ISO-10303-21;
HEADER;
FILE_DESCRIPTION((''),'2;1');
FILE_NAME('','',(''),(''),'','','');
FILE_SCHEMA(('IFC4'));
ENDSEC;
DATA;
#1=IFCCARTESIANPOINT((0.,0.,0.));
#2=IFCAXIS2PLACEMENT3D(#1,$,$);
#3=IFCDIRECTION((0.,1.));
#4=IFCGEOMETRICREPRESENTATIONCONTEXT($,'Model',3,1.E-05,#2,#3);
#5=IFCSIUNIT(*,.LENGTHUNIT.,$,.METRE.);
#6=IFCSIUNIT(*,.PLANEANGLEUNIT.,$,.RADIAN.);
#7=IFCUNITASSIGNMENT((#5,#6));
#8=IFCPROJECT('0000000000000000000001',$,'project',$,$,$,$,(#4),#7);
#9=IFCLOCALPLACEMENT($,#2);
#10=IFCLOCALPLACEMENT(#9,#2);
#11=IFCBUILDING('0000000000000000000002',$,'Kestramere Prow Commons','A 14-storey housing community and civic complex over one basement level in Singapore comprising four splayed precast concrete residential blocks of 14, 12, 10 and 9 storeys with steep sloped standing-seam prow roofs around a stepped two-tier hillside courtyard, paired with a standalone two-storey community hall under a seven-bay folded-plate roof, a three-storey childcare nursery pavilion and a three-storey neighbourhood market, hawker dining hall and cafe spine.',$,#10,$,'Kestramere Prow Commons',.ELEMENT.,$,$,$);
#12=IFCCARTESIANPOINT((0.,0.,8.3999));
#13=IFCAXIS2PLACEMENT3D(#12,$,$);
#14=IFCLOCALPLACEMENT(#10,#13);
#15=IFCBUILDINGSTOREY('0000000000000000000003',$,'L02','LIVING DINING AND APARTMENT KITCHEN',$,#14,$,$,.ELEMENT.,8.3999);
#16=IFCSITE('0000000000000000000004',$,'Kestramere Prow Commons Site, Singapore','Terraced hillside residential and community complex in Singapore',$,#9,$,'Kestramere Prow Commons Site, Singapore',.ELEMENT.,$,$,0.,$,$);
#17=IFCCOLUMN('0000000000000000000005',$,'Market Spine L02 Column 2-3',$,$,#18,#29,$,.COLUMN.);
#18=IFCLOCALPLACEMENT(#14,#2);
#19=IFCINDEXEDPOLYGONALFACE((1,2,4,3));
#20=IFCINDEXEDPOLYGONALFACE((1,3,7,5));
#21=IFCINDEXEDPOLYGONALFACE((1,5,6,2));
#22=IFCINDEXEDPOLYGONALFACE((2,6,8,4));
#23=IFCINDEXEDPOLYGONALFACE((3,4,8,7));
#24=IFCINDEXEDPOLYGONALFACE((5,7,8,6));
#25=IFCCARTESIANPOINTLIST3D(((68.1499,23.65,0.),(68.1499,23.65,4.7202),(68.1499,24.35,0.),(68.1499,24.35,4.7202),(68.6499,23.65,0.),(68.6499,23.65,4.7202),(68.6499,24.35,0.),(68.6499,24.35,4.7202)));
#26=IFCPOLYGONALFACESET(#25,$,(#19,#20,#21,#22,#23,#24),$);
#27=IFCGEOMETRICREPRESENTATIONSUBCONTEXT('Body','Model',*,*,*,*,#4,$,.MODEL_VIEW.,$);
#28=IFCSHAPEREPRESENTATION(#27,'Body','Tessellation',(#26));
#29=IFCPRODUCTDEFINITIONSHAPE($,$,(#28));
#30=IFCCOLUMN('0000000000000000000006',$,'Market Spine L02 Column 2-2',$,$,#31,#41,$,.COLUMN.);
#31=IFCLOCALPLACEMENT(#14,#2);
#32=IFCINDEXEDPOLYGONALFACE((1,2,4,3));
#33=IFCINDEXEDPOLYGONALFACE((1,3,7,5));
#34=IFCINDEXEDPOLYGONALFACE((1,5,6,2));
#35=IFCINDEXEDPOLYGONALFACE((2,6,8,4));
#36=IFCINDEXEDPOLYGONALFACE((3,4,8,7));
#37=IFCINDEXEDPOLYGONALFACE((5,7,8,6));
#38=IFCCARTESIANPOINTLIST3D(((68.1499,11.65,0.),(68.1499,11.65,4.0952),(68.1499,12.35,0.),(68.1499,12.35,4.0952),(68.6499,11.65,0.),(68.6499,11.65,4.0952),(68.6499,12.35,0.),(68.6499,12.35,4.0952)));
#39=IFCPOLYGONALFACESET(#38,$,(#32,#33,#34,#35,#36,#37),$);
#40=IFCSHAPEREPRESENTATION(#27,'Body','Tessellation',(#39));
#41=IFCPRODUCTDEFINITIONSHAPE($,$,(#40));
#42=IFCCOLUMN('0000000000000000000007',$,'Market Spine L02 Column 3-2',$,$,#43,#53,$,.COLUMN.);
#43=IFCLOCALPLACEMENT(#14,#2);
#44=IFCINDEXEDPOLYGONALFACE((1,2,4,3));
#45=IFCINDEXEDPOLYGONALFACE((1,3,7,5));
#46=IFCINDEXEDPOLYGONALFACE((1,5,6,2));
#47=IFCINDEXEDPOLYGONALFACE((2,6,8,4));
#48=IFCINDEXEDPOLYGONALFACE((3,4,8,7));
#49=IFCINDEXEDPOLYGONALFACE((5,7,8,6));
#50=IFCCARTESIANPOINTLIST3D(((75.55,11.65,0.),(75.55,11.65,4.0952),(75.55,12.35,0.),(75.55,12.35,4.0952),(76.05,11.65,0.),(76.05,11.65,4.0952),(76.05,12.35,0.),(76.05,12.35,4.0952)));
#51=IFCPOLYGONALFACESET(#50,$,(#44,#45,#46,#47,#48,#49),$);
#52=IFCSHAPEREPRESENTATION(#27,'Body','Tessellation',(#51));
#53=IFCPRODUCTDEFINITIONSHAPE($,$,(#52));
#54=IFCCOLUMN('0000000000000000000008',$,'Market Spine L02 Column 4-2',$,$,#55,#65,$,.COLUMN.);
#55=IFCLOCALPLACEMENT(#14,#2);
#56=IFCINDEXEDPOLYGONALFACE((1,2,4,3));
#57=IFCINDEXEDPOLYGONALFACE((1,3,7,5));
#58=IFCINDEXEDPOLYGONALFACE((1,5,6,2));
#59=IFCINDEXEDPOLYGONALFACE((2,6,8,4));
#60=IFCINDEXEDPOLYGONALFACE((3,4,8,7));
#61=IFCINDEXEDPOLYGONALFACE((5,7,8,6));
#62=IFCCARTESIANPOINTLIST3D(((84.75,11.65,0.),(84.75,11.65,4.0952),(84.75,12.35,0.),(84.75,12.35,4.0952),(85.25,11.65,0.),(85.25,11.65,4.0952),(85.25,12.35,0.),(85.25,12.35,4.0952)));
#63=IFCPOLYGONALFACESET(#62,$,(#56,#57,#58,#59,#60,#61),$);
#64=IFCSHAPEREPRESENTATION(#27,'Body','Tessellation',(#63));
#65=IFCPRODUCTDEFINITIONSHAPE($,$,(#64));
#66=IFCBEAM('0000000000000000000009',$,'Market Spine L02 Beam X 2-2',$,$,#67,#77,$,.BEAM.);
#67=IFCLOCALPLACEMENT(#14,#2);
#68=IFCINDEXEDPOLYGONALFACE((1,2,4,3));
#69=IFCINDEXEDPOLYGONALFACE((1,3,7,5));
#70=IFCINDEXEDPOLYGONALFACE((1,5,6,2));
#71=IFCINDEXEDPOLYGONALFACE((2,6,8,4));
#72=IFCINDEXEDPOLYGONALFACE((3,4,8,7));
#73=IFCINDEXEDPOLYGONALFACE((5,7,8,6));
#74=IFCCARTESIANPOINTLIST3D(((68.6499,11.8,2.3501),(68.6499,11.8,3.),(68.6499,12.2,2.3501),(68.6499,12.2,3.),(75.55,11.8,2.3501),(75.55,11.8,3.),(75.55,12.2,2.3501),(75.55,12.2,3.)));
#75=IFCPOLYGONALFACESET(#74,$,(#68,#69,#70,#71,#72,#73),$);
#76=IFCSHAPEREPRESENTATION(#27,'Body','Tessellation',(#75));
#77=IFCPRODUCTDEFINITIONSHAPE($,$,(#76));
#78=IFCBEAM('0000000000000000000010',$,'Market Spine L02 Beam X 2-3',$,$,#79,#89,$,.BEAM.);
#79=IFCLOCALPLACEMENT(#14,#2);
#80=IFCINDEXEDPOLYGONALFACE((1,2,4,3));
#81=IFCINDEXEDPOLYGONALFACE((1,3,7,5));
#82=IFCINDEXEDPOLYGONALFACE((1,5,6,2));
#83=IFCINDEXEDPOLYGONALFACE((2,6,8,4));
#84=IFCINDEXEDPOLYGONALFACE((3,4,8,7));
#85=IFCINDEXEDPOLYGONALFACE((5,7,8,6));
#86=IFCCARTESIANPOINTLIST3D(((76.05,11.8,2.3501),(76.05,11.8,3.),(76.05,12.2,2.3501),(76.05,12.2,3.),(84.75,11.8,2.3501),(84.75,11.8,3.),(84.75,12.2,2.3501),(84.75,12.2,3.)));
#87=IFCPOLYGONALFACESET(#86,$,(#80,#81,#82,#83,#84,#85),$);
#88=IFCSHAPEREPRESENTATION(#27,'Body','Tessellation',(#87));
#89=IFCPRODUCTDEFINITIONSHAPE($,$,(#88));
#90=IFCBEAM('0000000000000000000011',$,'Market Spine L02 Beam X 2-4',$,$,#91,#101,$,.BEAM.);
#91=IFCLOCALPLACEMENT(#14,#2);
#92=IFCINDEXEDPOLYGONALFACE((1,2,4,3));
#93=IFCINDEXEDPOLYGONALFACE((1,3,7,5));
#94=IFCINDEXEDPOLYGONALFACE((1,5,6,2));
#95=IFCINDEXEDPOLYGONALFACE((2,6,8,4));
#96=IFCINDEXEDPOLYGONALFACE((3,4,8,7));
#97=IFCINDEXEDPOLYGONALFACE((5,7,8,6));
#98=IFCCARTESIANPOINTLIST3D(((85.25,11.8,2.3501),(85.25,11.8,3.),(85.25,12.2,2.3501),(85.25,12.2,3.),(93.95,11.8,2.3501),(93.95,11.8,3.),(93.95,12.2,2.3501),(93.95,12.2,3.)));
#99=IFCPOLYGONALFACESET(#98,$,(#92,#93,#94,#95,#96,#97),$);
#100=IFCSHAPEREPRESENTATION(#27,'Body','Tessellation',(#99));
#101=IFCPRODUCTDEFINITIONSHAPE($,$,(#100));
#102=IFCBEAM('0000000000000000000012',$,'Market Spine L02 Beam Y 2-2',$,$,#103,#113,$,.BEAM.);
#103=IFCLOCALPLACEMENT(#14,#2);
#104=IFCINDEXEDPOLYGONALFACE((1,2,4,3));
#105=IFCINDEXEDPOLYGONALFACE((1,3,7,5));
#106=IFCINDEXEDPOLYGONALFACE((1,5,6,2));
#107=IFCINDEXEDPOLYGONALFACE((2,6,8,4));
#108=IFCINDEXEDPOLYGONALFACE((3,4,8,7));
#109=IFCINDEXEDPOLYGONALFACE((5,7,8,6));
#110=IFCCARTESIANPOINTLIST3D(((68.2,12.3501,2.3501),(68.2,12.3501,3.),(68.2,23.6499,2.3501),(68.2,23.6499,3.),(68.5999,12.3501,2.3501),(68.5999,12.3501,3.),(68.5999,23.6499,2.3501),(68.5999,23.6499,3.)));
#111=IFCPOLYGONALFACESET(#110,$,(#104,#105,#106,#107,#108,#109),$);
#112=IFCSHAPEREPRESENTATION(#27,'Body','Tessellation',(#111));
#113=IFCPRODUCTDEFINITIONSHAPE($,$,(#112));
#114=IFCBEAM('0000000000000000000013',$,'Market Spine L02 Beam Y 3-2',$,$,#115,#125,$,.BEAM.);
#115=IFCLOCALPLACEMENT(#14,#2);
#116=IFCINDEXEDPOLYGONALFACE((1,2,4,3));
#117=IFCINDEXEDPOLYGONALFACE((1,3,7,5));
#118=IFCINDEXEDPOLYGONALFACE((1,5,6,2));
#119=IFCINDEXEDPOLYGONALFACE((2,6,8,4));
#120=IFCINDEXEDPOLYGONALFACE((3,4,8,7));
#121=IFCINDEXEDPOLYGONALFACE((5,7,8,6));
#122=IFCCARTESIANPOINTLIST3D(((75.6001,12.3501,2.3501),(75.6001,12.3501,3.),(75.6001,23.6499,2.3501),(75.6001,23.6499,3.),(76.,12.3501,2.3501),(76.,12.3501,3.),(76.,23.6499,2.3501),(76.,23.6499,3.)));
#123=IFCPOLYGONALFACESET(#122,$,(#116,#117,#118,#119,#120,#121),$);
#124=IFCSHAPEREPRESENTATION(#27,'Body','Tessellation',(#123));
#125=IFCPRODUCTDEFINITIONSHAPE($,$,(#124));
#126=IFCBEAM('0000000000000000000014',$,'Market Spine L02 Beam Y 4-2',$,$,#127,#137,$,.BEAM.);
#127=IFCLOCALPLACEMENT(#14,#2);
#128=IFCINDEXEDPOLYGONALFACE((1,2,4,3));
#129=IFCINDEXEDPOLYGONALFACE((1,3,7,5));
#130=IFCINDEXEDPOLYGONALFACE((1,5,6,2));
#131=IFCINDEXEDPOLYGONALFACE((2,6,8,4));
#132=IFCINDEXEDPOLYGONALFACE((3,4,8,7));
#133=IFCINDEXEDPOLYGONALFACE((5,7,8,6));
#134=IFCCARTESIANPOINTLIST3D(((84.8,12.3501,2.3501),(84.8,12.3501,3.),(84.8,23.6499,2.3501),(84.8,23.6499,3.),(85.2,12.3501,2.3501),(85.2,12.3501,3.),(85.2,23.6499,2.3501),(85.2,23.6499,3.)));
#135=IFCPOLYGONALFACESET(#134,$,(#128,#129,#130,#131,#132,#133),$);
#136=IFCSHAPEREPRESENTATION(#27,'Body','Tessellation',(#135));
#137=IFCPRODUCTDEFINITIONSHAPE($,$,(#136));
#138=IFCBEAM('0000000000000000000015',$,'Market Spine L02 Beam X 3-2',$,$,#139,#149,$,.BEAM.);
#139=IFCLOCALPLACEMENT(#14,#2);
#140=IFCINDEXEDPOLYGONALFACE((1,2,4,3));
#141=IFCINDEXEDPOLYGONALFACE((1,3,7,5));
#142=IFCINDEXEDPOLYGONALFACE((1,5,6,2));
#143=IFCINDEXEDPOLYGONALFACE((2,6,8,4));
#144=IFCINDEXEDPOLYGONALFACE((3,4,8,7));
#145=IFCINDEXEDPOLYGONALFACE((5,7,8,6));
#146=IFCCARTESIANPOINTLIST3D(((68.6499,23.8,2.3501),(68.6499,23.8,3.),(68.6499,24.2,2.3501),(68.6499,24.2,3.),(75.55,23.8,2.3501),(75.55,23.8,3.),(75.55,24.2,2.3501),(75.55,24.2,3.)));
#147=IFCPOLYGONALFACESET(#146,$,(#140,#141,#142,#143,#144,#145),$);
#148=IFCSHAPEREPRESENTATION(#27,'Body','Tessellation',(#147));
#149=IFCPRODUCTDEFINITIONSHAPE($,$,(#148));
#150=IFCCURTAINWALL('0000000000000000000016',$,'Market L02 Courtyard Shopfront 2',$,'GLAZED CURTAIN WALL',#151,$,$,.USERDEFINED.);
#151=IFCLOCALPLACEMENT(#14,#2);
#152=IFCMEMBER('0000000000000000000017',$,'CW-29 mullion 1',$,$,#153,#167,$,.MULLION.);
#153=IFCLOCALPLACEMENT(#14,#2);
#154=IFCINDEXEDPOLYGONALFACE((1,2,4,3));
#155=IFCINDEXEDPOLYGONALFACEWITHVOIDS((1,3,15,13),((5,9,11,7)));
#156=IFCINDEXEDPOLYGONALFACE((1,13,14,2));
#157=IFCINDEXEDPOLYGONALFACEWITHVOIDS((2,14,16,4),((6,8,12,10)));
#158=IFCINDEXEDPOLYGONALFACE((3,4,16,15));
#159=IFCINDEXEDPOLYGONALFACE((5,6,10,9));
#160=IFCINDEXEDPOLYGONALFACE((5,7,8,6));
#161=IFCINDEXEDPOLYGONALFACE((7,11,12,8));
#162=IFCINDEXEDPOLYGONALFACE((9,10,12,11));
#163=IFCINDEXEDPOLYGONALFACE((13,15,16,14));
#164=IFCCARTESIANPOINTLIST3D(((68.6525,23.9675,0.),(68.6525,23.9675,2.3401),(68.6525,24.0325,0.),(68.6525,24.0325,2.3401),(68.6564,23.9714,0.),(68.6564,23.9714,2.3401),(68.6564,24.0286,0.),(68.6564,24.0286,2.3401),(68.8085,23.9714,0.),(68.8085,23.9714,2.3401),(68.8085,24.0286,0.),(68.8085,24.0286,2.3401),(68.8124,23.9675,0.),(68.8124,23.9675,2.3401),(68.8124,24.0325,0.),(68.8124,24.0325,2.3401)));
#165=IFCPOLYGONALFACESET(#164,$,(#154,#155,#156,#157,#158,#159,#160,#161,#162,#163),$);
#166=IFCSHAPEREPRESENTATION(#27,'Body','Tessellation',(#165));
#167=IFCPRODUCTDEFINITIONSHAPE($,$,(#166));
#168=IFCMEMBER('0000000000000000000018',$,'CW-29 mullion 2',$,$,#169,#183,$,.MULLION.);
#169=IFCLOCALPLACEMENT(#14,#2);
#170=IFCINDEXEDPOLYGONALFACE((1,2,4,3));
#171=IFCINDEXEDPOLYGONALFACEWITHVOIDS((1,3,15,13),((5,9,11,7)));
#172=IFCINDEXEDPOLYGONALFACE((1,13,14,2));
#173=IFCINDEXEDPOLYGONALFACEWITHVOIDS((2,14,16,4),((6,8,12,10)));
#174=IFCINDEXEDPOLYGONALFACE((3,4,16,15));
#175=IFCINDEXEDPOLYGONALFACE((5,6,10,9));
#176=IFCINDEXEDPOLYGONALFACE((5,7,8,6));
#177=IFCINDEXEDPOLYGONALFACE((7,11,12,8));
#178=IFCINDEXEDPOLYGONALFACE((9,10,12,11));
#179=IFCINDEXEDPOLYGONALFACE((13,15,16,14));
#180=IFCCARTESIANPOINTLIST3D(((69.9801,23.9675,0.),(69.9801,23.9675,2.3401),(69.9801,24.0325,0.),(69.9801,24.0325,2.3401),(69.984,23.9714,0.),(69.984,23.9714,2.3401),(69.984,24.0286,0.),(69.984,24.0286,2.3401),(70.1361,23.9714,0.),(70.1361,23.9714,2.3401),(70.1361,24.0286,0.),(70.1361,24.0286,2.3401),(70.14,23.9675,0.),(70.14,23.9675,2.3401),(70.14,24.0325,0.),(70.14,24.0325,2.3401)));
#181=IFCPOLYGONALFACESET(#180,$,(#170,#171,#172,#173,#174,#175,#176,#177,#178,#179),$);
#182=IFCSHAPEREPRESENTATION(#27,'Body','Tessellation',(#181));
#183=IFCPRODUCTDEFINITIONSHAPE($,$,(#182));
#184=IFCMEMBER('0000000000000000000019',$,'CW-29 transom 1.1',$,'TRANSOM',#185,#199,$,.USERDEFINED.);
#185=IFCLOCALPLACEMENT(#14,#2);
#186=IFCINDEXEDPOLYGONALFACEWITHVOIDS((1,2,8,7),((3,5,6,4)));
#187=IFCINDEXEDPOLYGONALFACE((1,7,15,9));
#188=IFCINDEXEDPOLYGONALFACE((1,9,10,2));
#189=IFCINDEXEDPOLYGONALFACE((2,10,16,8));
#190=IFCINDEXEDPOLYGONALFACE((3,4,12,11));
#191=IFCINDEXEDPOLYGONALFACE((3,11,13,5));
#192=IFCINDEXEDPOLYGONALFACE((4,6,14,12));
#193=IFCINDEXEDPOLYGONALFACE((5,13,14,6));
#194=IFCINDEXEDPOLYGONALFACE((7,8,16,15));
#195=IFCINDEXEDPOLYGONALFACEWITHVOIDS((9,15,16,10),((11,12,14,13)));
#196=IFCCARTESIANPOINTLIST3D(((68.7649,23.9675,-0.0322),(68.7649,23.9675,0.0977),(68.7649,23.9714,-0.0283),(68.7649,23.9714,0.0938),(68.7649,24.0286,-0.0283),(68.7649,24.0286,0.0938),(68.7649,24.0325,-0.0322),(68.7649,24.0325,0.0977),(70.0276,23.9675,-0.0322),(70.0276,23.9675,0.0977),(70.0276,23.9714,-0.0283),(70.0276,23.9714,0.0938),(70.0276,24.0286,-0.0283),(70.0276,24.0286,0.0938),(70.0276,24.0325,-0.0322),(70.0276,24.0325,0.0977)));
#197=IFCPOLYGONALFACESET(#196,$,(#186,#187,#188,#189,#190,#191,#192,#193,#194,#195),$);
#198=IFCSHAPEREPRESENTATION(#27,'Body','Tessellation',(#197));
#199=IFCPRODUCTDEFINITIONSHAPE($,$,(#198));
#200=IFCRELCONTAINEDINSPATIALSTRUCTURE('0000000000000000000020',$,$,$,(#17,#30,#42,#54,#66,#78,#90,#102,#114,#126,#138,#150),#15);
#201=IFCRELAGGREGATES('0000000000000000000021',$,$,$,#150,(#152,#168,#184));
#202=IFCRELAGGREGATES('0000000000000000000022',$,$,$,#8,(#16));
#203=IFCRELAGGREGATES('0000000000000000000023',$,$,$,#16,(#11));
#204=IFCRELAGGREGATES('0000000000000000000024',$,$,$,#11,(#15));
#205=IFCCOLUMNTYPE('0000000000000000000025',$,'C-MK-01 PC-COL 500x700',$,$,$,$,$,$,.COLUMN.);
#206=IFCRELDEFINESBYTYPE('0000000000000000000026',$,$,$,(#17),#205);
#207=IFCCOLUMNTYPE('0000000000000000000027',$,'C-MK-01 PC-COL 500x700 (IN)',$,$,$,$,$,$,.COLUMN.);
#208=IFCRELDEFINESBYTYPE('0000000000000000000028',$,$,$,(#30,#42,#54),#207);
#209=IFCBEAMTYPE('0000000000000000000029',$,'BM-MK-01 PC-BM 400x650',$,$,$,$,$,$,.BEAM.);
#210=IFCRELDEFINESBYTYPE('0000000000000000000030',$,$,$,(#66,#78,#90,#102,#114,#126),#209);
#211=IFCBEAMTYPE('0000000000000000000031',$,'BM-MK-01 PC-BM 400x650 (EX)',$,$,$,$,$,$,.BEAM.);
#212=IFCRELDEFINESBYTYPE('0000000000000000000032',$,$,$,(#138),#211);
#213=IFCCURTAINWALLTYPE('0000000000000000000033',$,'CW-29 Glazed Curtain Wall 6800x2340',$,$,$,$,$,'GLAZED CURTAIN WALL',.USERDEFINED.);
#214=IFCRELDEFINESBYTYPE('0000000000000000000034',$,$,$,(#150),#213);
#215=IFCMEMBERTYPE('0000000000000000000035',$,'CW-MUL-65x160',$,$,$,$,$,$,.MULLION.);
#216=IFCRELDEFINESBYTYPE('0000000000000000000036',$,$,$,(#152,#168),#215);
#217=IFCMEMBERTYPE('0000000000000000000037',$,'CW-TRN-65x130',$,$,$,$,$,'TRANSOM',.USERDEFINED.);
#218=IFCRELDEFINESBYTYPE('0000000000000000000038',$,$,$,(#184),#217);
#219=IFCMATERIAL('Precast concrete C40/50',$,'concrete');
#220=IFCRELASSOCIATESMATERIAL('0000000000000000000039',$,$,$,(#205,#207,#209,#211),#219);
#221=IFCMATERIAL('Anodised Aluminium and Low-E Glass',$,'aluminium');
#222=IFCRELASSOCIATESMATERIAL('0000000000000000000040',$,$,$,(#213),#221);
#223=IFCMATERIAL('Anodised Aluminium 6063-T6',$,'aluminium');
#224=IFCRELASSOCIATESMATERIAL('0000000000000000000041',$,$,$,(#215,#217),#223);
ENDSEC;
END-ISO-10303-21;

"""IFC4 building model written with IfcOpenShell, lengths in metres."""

from ifc_helpers import new_model, si_unit, direction, frame, origin, origin_2d, place, context, subcontext, project, spatial, rectangle, hollow_rectangle, extrude, material, material_profile, profile_set, type_object, element, aggregate, save


model = new_model("IFC4")

# Units and contexts
model_context = context("Model", 3, precision=1e-05, world=origin(), true_north=direction((0.0, 1.0)))
body_context = subcontext(model_context, "Body", "Model", "MODEL_VIEW")
ifc_project = project(units=[si_unit("LENGTHUNIT", "METRE"), si_unit("PLANEANGLEUNIT", "RADIAN")], contexts=[model_context])

# Site, building, storey
site_placement = place(None, origin())
site = spatial("IfcSite", under=ifc_project, at=site_placement, Name="Kestramere Prow Commons Site, Singapore", Description="Terraced hillside residential and community complex in Singapore", LongName="Kestramere Prow Commons Site, Singapore", CompositionType="ELEMENT", RefElevation=0.0)
building_placement = place(site_placement, origin())
building = spatial("IfcBuilding", under=site, at=building_placement, Name="Kestramere Prow Commons", Description="A 14-storey housing community and civic complex over one basement level in Singapore comprising four splayed precast concrete residential blocks of 14, 12, 10 and 9 storeys with steep sloped standing-seam prow roofs around a stepped two-tier hillside courtyard, paired with a standalone two-storey community hall under a seven-bay folded-plate roof, a three-storey childcare nursery pavilion and a three-storey neighbourhood market, hawker dining hall and cafe spine.", LongName="Kestramere Prow Commons", CompositionType="ELEMENT")
storey_placement = place(building_placement, frame((0.0, 0.0, 8.3999)))
storey = spatial("IfcBuildingStorey", under=building, at=storey_placement, Name="L02", Description="LIVING DINING AND APARTMENT KITCHEN", CompositionType="ELEMENT", Elevation=8.3999)

# Columns
ifc_material_1 = material(Name="Precast concrete C40/50", Category="concrete")
ifc_material_profile_1 = material_profile(ifc_material_1, rectangle(XDim=0.5, YDim=0.7, at=origin_2d()), Name="PC-COL 500x700")
ifc_profile_set_1 = profile_set([ifc_material_profile_1], Name="Precast concrete C40/50")
column_type_1 = type_object("IfcColumnType", Name="C-MK-01 PC-COL 500x700", PredefinedType="COLUMN", material=ifc_profile_set_1)
column_placement = place(storey_placement, frame((68.3999, 24.0, 0.0), z_axis=(0.0, 0.0, 1.0), x_axis=(1.0, 0.0, 0.0)))
element("IfcColumn", 1, at=column_placement, inside=storey, type_object=column_type_1, Name="Market Spine L02 Column 2-3", PredefinedType="COLUMN", context=body_context, shape_type="SweptSolid", body=[
    extrude(rectangle(XDim=0.5, YDim=0.7, at=origin_2d()), origin(), (0.0, 0.0, 1.0), 4.7202),
])
ifc_material_profile_2 = material_profile(ifc_material_1, rectangle(XDim=0.5, YDim=0.7, at=origin_2d()), Name="PC-COL 500x700")
ifc_profile_set_2 = profile_set([ifc_material_profile_2], Name="Precast concrete C40/50")
column_type_2 = type_object("IfcColumnType", Name="C-MK-01 PC-COL 500x700 (IN)", PredefinedType="COLUMN", material=ifc_profile_set_2)
for number, where, z_axis, x_axis, name in (
    (2, (68.3999, 12.0, 0.0), (0.0, 0.0, 1.0), (1.0, 0.0, 0.0), "Market Spine L02 Column 2-2"),
    (3, (75.8, 12.0, 0.0), (0.0, 0.0, 1.0), (1.0, 0.0, 0.0), "Market Spine L02 Column 3-2"),
    (4, (85.0, 12.0, 0.0), (0.0, 0.0, 1.0), (1.0, 0.0, 0.0), "Market Spine L02 Column 4-2"),
):
    element("IfcColumn", number, at=place(storey_placement, frame(where, z_axis=z_axis, x_axis=x_axis)), inside=storey, type_object=column_type_2, Name=name, PredefinedType="COLUMN", context=body_context, shape_type="SweptSolid", body=[
        extrude(rectangle(XDim=0.5, YDim=0.7, at=origin_2d()), origin(), (0.0, 0.0, 1.0), 4.0952),
    ])

# Beams
ifc_material_profile_3 = material_profile(ifc_material_1, rectangle(XDim=0.3999, YDim=0.6499, at=origin_2d()), Name="PC-BM 400x650")
ifc_profile_set_3 = profile_set([ifc_material_profile_3], Name="Precast concrete C40/50")
beam_type_1 = type_object("IfcBeamType", Name="BM-MK-01 PC-BM 400x650", PredefinedType="BEAM", material=ifc_profile_set_3)
beam_1_placement = place(storey_placement, frame((68.6499, 12.0, 2.675), z_axis=(1.0, 0.0, 0.0), x_axis=(0.0, 1.0, 0.0)))
element("IfcBeam", 5, at=beam_1_placement, inside=storey, type_object=beam_type_1, Name="Market Spine L02 Beam X 2-2", PredefinedType="BEAM", context=body_context, shape_type="SweptSolid", body=[
    extrude(rectangle(XDim=0.3999, YDim=0.6499, at=origin_2d()), origin(), (0.0, 0.0, 1.0), 6.9001),
])
for number, where, z_axis, x_axis, name in (
    (6, (76.05, 12.0, 2.675), (1.0, 0.0, 0.0), (0.0, 1.0, 0.0), "Market Spine L02 Beam X 2-3"),
    (7, (85.25, 12.0, 2.675), (1.0, 0.0, 0.0), (0.0, 1.0, 0.0), "Market Spine L02 Beam X 2-4"),
):
    element("IfcBeam", number, at=place(storey_placement, frame(where, z_axis=z_axis, x_axis=x_axis)), inside=storey, type_object=beam_type_1, Name=name, PredefinedType="BEAM", context=body_context, shape_type="SweptSolid", body=[
        extrude(rectangle(XDim=0.3999, YDim=0.6499, at=origin_2d()), origin(), (0.0, 0.0, 1.0), 8.7),
    ])
for number, where, z_axis, x_axis, name in (
    (8, (68.3999, 12.3501, 2.675), (0.0, 1.0, 0.0), (-1.0, 0.0, 0.0), "Market Spine L02 Beam Y 2-2"),
    (9, (75.8, 12.3501, 2.675), (0.0, 1.0, 0.0), (-1.0, 0.0, 0.0), "Market Spine L02 Beam Y 3-2"),
    (10, (85.0, 12.3501, 2.675), (0.0, 1.0, 0.0), (-1.0, 0.0, 0.0), "Market Spine L02 Beam Y 4-2"),
):
    element("IfcBeam", number, at=place(storey_placement, frame(where, z_axis=z_axis, x_axis=x_axis)), inside=storey, type_object=beam_type_1, Name=name, PredefinedType="BEAM", context=body_context, shape_type="SweptSolid", body=[
        extrude(rectangle(XDim=0.3999, YDim=0.6499, at=origin_2d()), origin(), (0.0, 0.0, 1.0), 11.2998),
    ])
ifc_material_profile_4 = material_profile(ifc_material_1, rectangle(XDim=0.3999, YDim=0.6499, at=origin_2d()), Name="PC-BM 400x650")
ifc_profile_set_4 = profile_set([ifc_material_profile_4], Name="Precast concrete C40/50")
beam_type_2 = type_object("IfcBeamType", Name="BM-MK-01 PC-BM 400x650 (EX)", PredefinedType="BEAM", material=ifc_profile_set_4)
beam_2_placement = place(storey_placement, frame((68.6499, 24.0, 2.675), z_axis=(1.0, 0.0, 0.0), x_axis=(0.0, 1.0, 0.0)))
element("IfcBeam", 11, at=beam_2_placement, inside=storey, type_object=beam_type_2, Name="Market Spine L02 Beam X 3-2", PredefinedType="BEAM", context=body_context, shape_type="SweptSolid", body=[
    extrude(rectangle(XDim=0.3999, YDim=0.6499, at=origin_2d()), origin(), (0.0, 0.0, 1.0), 6.9001),
])

# Curtain wall, members
ifc_material_2 = material(Name="Anodised Aluminium and Low-E Glass", Category="aluminium")
curtain_wall_type = type_object("IfcCurtainWallType", Name="CW-29 Glazed Curtain Wall 6800x2340", ElementType="GLAZED CURTAIN WALL", PredefinedType="USERDEFINED", material=ifc_material_2)
curtain_wall_placement = place(storey_placement, origin())
curtain_wall = element("IfcCurtainWall", 12, at=curtain_wall_placement, inside=storey, type_object=curtain_wall_type, Name="Market L02 Courtyard Shopfront 2", ObjectType="GLAZED CURTAIN WALL", PredefinedType="USERDEFINED")
ifc_material_3 = material(Name="Anodised Aluminium 6063-T6", Category="aluminium")
ifc_material_profile_5 = material_profile(ifc_material_3, hollow_rectangle(XDim=0.0649, YDim=0.1599, WallThickness=0.0039, at=origin_2d()), Name="ALU-MUL 65x160")
ifc_profile_set_5 = profile_set([ifc_material_profile_5], Name="Anodised Aluminium 6063-T6")
member_type_1 = type_object("IfcMemberType", Name="CW-MUL-65x160", PredefinedType="MULLION", material=ifc_profile_set_5)
member_1_placement = place(storey_placement, frame((68.7324, 24.0, 0.0), z_axis=(0.0, 0.0, 1.0), x_axis=(0.0, 1.0, 0.0)))
member_1 = element("IfcMember", 13, at=member_1_placement, type_object=member_type_1, Name="CW-29 mullion 1", PredefinedType="MULLION", context=body_context, shape_type="SweptSolid", body=[
    extrude(hollow_rectangle(XDim=0.0649, YDim=0.1599, WallThickness=0.0039, at=origin_2d()), origin(), (0.0, 0.0, 1.0), 2.3401),
])
member_2_placement = place(storey_placement, frame((70.0601, 24.0, 0.0), z_axis=(0.0, 0.0, 1.0), x_axis=(0.0, 1.0, 0.0)))
member_2 = element("IfcMember", 14, at=member_2_placement, type_object=member_type_1, Name="CW-29 mullion 2", PredefinedType="MULLION", context=body_context, shape_type="SweptSolid", body=[
    extrude(hollow_rectangle(XDim=0.0649, YDim=0.1599, WallThickness=0.0039, at=origin_2d()), origin(), (0.0, 0.0, 1.0), 2.3401),
])
ifc_material_profile_6 = material_profile(ifc_material_3, hollow_rectangle(XDim=0.0649, YDim=0.1299, WallThickness=0.0039, at=origin_2d()), Name="ALU-TRN 65x130")
ifc_profile_set_6 = profile_set([ifc_material_profile_6], Name="Anodised Aluminium 6063-T6")
member_type_2 = type_object("IfcMemberType", Name="CW-TRN-65x130", ElementType="TRANSOM", PredefinedType="USERDEFINED", material=ifc_profile_set_6)
member_3_placement = place(storey_placement, frame((68.7649, 24.0, 0.0327), z_axis=(1.0, 0.0, 0.0), x_axis=(0.0, 1.0, 0.0)))
member_3 = element("IfcMember", 15, at=member_3_placement, type_object=member_type_2, Name="CW-29 transom 1.1", ObjectType="TRANSOM", PredefinedType="USERDEFINED", context=body_context, shape_type="SweptSolid", body=[
    extrude(hollow_rectangle(XDim=0.0649, YDim=0.1299, WallThickness=0.0039, at=origin_2d()), origin(), (0.0, 0.0, 1.0), 1.2627),
])

aggregate(curtain_wall, [member_1, member_2, member_3])

save(model, "model.ifc")
